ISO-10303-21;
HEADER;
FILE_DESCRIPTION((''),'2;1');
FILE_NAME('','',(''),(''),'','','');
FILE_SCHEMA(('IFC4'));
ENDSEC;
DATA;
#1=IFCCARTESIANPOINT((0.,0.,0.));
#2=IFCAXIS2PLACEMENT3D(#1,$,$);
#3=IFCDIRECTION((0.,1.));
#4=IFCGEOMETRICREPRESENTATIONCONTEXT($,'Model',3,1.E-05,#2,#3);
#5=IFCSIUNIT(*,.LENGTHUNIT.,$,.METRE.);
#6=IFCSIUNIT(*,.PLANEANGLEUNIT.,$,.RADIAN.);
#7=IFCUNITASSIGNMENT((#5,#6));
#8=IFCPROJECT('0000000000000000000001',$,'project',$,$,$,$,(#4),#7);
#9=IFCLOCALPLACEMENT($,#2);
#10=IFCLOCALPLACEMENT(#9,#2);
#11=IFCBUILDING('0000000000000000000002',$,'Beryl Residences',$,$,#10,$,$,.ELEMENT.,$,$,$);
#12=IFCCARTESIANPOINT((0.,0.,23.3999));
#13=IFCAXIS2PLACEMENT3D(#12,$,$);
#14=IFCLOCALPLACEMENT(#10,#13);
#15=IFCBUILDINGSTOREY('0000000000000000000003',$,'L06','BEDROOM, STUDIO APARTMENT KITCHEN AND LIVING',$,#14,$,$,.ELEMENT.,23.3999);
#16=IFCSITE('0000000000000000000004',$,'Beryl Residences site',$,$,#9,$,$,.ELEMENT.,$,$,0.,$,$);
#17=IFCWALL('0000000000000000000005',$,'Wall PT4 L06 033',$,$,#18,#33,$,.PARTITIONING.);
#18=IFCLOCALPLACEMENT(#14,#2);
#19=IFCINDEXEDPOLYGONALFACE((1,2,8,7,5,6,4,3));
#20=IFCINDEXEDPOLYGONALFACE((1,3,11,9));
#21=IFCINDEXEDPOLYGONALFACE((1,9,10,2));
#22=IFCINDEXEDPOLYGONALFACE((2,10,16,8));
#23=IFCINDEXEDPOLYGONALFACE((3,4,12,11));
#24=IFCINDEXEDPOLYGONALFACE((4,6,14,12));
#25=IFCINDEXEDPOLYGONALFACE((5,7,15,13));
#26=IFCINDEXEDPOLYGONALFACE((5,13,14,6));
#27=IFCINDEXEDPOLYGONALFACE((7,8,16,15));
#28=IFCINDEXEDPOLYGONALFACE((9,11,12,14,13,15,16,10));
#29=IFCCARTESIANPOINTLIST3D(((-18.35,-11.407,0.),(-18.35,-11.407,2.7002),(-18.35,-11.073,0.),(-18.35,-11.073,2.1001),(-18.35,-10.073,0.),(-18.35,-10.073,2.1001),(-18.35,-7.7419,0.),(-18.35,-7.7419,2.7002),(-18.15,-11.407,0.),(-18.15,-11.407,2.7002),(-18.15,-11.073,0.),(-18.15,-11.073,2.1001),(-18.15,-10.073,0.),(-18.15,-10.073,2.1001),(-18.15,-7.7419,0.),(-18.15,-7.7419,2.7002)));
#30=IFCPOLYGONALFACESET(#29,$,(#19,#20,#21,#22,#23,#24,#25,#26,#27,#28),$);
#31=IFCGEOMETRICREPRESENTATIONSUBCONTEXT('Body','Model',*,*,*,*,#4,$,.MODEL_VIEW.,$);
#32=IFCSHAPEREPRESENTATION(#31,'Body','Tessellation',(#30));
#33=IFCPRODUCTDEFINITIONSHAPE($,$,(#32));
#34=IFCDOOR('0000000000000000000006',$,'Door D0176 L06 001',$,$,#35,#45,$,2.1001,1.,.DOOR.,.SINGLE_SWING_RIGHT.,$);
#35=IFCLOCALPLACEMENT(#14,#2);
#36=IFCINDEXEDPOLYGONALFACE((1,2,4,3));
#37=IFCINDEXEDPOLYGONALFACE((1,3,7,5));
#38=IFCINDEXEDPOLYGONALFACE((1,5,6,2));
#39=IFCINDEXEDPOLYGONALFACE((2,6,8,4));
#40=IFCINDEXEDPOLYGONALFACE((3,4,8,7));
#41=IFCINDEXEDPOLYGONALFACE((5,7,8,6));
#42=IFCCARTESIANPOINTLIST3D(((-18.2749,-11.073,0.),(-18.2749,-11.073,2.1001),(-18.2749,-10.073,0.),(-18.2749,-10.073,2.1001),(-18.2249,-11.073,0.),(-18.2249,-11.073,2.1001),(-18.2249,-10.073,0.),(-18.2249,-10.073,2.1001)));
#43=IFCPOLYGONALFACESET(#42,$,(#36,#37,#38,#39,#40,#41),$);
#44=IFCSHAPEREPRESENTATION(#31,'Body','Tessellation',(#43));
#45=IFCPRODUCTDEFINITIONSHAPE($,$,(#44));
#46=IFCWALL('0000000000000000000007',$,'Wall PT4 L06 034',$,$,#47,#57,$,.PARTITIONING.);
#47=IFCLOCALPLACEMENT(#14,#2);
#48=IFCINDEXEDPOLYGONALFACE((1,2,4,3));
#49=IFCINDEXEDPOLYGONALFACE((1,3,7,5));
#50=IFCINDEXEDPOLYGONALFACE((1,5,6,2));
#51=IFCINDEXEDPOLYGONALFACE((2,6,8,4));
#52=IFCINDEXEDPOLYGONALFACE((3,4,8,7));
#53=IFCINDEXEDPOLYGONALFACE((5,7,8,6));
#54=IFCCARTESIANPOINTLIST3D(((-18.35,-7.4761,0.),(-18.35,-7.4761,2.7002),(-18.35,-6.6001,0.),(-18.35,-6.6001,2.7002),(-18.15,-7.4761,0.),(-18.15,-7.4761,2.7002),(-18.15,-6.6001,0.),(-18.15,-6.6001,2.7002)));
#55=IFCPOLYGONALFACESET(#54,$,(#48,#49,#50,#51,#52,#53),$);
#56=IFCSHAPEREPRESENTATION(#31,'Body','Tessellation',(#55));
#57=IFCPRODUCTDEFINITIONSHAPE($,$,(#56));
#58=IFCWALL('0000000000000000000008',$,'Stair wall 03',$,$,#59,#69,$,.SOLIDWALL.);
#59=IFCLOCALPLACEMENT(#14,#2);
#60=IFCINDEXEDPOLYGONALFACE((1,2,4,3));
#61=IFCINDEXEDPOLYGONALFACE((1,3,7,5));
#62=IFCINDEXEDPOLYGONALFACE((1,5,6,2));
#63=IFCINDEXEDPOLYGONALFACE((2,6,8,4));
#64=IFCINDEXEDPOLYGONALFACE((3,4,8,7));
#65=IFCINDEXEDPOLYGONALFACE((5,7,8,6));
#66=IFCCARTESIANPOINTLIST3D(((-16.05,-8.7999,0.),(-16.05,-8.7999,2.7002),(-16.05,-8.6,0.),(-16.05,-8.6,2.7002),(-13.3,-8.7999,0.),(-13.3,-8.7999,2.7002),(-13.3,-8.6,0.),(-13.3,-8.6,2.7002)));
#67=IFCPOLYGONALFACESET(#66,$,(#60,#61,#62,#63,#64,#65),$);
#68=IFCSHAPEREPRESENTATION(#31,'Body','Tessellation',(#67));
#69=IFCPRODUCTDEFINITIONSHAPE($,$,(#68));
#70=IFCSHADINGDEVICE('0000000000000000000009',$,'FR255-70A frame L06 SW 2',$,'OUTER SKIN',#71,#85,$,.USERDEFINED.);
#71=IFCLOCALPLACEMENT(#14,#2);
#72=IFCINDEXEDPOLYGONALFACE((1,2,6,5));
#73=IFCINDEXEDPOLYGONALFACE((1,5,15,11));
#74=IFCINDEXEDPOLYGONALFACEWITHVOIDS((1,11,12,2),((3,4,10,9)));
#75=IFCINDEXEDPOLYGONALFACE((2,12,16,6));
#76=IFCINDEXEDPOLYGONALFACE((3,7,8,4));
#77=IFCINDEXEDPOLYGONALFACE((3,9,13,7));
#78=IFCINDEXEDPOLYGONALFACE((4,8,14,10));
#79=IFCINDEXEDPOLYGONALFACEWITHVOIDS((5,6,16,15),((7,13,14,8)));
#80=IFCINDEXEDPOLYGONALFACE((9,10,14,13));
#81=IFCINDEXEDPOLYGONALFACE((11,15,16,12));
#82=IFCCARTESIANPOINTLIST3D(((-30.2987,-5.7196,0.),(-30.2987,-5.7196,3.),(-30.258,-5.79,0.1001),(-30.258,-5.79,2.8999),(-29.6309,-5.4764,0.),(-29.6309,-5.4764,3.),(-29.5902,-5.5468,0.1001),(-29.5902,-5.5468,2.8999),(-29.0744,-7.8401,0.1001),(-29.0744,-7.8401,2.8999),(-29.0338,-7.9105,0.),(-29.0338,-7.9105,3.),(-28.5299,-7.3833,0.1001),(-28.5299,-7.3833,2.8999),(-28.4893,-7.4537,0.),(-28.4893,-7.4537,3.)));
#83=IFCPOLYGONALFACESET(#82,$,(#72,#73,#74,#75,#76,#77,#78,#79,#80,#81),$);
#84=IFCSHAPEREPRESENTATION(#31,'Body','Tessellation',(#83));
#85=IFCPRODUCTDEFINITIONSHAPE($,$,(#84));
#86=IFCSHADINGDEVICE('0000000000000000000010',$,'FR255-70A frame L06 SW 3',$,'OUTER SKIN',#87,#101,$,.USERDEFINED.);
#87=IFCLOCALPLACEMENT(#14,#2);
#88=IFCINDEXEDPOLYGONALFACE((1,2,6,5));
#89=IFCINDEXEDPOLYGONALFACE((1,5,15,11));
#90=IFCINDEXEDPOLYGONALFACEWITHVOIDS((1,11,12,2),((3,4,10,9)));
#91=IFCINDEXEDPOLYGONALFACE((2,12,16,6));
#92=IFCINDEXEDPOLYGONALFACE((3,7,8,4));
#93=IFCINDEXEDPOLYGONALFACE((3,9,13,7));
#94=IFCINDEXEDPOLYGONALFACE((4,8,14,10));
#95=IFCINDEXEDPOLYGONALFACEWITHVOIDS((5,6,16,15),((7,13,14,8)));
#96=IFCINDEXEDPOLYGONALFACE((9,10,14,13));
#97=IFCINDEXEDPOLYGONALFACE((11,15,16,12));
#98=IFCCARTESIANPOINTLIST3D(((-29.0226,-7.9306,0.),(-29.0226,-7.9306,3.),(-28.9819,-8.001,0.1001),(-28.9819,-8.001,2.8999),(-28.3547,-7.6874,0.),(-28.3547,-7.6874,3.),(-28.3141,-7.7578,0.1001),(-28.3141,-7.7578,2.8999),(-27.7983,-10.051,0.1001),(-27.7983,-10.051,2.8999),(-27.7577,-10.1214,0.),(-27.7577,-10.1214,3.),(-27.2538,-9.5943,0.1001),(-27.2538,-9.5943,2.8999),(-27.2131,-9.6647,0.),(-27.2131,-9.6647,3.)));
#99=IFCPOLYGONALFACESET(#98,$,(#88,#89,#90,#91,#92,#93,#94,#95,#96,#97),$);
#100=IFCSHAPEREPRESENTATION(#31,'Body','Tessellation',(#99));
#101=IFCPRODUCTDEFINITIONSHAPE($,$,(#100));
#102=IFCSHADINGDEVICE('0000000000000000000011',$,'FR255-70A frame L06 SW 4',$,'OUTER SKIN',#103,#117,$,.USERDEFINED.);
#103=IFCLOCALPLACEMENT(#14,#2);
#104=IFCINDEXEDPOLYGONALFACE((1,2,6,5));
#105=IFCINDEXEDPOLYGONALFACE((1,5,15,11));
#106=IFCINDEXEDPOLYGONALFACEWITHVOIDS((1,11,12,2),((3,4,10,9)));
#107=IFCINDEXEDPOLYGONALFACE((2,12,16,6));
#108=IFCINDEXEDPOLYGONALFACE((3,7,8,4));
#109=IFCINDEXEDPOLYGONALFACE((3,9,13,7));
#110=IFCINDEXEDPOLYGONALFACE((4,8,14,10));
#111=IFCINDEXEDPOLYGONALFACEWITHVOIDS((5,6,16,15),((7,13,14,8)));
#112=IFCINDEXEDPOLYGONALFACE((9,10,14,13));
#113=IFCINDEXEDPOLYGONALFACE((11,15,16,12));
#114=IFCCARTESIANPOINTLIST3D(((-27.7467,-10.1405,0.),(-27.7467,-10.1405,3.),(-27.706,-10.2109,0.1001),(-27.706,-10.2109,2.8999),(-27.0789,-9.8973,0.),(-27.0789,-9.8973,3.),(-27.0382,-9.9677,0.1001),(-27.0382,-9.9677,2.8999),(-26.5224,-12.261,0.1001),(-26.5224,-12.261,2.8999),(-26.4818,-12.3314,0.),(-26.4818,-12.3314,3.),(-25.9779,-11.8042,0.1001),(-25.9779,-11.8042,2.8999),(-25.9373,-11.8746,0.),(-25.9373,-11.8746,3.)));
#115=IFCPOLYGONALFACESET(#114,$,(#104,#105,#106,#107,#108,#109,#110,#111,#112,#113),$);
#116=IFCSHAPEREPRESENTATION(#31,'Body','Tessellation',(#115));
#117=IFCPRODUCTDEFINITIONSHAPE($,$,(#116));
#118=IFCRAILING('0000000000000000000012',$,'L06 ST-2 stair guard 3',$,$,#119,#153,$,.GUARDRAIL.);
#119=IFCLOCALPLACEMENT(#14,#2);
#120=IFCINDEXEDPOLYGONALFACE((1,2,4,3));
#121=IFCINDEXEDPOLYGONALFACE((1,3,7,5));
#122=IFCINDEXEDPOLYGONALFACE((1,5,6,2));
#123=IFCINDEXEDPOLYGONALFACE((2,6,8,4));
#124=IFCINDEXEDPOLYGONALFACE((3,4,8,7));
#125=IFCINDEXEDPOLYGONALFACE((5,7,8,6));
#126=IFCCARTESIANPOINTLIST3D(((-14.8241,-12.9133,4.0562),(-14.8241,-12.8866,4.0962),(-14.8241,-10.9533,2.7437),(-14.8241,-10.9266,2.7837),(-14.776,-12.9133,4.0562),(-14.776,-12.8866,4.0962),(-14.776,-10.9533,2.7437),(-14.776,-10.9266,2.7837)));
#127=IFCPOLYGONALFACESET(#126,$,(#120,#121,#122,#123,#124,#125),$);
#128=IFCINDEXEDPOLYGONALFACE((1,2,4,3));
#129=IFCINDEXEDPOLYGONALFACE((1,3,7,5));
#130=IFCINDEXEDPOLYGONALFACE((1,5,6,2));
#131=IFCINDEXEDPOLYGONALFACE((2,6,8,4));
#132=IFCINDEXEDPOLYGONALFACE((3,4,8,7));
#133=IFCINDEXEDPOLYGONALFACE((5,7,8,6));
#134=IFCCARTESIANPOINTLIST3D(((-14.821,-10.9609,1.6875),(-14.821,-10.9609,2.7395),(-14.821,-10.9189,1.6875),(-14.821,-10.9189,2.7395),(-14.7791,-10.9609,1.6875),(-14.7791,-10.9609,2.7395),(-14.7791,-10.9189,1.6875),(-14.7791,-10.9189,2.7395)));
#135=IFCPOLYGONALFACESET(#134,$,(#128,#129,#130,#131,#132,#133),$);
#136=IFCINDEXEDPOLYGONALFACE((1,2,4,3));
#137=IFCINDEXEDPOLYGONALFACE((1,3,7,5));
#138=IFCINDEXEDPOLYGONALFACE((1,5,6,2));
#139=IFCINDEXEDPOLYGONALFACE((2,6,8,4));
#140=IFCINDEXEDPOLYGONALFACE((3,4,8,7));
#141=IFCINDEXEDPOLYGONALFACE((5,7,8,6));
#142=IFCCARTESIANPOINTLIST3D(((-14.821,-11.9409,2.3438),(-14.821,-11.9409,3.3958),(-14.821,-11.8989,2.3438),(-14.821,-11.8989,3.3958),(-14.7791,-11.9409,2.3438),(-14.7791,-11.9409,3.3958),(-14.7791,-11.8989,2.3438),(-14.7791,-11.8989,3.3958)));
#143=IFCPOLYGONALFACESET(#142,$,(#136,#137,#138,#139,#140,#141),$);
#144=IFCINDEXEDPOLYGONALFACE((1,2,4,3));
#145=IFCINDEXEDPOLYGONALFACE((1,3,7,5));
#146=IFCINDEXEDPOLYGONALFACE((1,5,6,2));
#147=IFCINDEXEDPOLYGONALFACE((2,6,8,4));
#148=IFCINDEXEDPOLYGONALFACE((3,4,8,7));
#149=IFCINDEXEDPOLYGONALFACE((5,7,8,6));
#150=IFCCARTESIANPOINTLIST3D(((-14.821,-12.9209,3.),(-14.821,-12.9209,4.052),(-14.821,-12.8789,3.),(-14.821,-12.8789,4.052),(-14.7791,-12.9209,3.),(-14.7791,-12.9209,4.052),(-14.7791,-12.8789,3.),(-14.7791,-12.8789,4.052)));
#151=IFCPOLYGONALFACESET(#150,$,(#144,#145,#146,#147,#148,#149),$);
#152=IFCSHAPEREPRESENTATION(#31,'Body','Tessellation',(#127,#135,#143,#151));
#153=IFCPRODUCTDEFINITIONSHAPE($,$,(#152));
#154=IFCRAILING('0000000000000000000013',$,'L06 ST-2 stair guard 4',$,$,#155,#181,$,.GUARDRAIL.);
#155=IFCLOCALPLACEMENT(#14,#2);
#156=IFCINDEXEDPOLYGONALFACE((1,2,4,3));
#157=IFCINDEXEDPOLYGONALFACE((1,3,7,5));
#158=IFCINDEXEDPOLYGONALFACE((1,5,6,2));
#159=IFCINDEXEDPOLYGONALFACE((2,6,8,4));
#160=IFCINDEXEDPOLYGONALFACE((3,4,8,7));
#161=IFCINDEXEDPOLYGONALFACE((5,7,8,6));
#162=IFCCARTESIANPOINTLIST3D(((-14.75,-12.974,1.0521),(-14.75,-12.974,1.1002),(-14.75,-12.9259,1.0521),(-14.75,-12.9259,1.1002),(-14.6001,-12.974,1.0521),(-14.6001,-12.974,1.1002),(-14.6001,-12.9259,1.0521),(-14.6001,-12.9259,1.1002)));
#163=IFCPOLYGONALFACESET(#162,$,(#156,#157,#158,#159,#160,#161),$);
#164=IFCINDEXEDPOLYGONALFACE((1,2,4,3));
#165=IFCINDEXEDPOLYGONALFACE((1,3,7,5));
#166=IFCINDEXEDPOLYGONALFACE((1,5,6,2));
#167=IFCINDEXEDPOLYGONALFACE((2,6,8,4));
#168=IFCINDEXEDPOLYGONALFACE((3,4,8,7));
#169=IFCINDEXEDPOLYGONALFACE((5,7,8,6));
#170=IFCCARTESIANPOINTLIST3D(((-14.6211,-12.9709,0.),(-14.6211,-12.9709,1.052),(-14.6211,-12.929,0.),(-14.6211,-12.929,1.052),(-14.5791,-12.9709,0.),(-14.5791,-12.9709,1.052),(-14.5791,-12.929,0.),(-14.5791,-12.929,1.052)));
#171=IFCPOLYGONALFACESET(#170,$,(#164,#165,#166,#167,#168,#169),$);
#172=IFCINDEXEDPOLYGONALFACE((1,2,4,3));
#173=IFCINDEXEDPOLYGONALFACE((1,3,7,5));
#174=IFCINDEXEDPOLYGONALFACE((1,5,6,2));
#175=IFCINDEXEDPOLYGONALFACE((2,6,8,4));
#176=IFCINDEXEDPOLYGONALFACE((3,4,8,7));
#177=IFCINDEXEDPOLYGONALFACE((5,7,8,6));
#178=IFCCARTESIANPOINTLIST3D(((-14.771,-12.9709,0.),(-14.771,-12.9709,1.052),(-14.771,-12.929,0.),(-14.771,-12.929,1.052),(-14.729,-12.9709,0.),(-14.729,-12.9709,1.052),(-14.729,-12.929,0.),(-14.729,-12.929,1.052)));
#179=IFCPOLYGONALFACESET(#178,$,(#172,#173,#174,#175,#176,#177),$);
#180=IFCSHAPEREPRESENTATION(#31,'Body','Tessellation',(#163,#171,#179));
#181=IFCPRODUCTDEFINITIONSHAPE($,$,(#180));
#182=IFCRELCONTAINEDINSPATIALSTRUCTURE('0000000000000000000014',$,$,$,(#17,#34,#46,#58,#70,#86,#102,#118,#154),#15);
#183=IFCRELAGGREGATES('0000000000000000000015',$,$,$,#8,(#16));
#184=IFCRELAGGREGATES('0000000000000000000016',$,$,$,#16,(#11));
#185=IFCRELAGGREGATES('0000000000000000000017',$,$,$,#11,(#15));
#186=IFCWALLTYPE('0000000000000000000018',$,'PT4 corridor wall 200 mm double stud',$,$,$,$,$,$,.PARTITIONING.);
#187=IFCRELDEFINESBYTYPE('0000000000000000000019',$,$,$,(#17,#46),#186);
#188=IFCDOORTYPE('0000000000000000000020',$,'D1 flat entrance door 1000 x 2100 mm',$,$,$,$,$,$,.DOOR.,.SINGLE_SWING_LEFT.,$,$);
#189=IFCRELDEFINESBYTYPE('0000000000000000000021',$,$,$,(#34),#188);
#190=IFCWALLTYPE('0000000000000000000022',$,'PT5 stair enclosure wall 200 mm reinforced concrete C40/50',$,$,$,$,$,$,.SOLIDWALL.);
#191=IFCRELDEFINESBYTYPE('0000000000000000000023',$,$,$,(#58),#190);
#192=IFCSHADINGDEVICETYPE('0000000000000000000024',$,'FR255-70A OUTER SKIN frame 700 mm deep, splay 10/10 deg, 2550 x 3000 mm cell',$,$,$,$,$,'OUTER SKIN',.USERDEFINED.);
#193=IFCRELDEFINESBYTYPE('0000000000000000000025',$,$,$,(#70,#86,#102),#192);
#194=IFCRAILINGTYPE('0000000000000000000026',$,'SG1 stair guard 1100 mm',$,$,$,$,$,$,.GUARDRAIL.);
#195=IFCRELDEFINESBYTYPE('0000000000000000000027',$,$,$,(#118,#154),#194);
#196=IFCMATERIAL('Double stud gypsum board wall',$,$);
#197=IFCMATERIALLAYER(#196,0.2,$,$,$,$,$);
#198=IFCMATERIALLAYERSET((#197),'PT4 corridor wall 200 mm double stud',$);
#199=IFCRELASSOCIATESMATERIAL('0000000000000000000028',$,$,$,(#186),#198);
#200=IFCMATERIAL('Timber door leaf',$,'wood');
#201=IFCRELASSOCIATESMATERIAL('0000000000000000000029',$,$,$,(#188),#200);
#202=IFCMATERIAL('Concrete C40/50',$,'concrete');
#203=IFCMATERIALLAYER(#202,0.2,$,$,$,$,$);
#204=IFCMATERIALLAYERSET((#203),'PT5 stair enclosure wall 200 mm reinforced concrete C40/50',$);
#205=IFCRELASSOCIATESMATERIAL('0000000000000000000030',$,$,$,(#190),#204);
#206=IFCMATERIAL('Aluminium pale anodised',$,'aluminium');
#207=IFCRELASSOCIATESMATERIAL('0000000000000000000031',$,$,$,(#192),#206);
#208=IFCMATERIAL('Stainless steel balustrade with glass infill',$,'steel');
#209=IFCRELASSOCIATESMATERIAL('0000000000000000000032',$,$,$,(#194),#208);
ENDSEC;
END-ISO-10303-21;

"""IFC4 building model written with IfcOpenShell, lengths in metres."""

from ifc_helpers import new_model, entity, si_unit, direction, frame, frame_2d, origin, origin_2d, place, context, subcontext, project, spatial, rectangle, extrude, source, transform, mapped, material, layer, layer_set, type_object, type_shapes, element, fill, save


model = new_model("IFC4")

# Units and contexts
model_context = context("Model", 3, precision=1e-05, world=origin(), true_north=direction((0.0, 1.0)))
body_context = subcontext(model_context, "Body", "Model", "MODEL_VIEW")
ifc_project = project(units=[si_unit("LENGTHUNIT", "METRE"), si_unit("PLANEANGLEUNIT", "RADIAN")], contexts=[model_context])

# Site, building, storey
site_placement = place(None, origin())
site = spatial("IfcSite", under=ifc_project, at=site_placement, Name="Beryl Residences site", CompositionType="ELEMENT", RefElevation=0.0)
building_placement = place(site_placement, origin())
building = spatial("IfcBuilding", under=site, at=building_placement, Name="Beryl Residences", CompositionType="ELEMENT")
storey_placement = place(building_placement, frame((0.0, 0.0, 23.3999)))
storey = spatial("IfcBuildingStorey", under=building, at=storey_placement, Name="L06", Description="BEDROOM, STUDIO APARTMENT KITCHEN AND LIVING", CompositionType="ELEMENT", Elevation=23.3999)

# Shared definitions
ifc_material_1 = material(Name="Double stud gypsum board wall")
ifc_layer_1 = layer(ifc_material_1, 0.2)
ifc_layer_set_1 = layer_set([ifc_layer_1], Name="PT4 corridor wall 200 mm double stud")
wall_type_1 = type_object("IfcWallType", Name="PT4 corridor wall 200 mm double stud", PredefinedType="PARTITIONING", material=ifc_layer_set_1)

# Wall, opening, door
wall_1_placement = place(storey_placement, frame((-18.25, -11.407, 0.0), z_axis=(0.0, 0.0, 1.0), x_axis=(0.0, 1.0, 0.0)))
wall_1 = element("IfcWall", 1, at=wall_1_placement, inside=storey, type_object=wall_type_1, Name="Wall PT4 L06 033", PredefinedType="PARTITIONING", context=body_context, shape_type="SweptSolid", body=[
    extrude(rectangle(XDim=3.665, YDim=0.2, at=frame_2d((1.8325, 0.0))), origin(), (0.0, 0.0, 1.0), 2.7002),
])
opening_1_placement = place(wall_1_placement, frame((0.334, 0.0, 0.0)))
opening_1 = element("IfcOpeningElement", 2, at=opening_1_placement, cuts=wall_1, PredefinedType="OPENING", context=body_context, shape_type="SweptSolid", body=[
    extrude(rectangle(XDim=1.0, YDim=2.1001, at=frame_2d((0.5, 1.05))), frame((0.0, 0.1099, 0.0), z_axis=(0.0, -1.0, 0.0), x_axis=(1.0, 0.0, 0.0)), (0.0, 0.0, 1.0), 0.22),
])
ifc_material_2 = material(Name="Timber door leaf", Category="wood")
door_type_1 = type_object("IfcDoorType", Name="D1 flat entrance door 1000 x 2100 mm", OperationType="SINGLE_SWING_LEFT", PredefinedType="DOOR", material=ifc_material_2)
door_1_placement = place(opening_1_placement, origin())
door_1 = element("IfcDoor", 3, at=door_1_placement, inside=storey, type_object=door_type_1, Name="Door D0176 L06 001", OperationType="SINGLE_SWING_RIGHT", OverallHeight=2.1001, OverallWidth=1.0, PredefinedType="DOOR", context=body_context, shape_type="SweptSolid", body=[
    extrude(rectangle(XDim=1.0, YDim=2.1001, at=frame_2d((0.5, 1.05))), frame((0.0, 0.0249, 0.0), z_axis=(0.0, -1.0, 0.0), x_axis=(1.0, 0.0, 0.0)), (0.0, 0.0, 1.0), 0.05),
])
fill(opening_1, door_1)

# Walls
wall_2_placement = place(storey_placement, frame((-18.25, -7.4761, 0.0), z_axis=(0.0, 0.0, 1.0), x_axis=(0.0, 1.0, 0.0)))
element("IfcWall", 4, at=wall_2_placement, inside=storey, type_object=wall_type_1, Name="Wall PT4 L06 034", PredefinedType="PARTITIONING", context=body_context, shape_type="SweptSolid", body=[
    extrude(rectangle(XDim=0.876, YDim=0.2, at=frame_2d((0.438, 0.0))), origin(), (0.0, 0.0, 1.0), 2.7002),
])
ifc_material_3 = material(Name="Concrete C40/50", Category="concrete")
ifc_layer_2 = layer(ifc_material_3, 0.2)
ifc_layer_set_2 = layer_set([ifc_layer_2], Name="PT5 stair enclosure wall 200 mm reinforced concrete C40/50")
wall_type_2 = type_object("IfcWallType", Name="PT5 stair enclosure wall 200 mm reinforced concrete C40/50", PredefinedType="SOLIDWALL", material=ifc_layer_set_2)
wall_3_placement = place(storey_placement, frame((-16.05, -8.7, 0.0), z_axis=(0.0, 0.0, 1.0), x_axis=(1.0, 0.0, 0.0)))
element("IfcWall", 5, at=wall_3_placement, inside=storey, type_object=wall_type_2, Name="Stair wall 03", PredefinedType="SOLIDWALL", context=body_context, shape_type="SweptSolid", body=[
    extrude(rectangle(XDim=2.75, YDim=0.2, at=frame_2d((1.375, 0.0))), origin(), (0.0, 0.0, 1.0), 2.7002),
])

# Shading devices
ifc_material_4 = material(Name="Aluminium pale anodised", Category="aluminium")
shading_device_type = type_object("IfcShadingDeviceType", Name="FR255-70A OUTER SKIN frame 700 mm deep, splay 10/10 deg, 2550 x 3000 mm cell", ElementType="OUTER SKIN", PredefinedType="USERDEFINED", material=ifc_material_4)
cartesian_point_1 = entity("IfcCartesianPoint", [-1.1416, 0.0])
cartesian_point_2 = entity("IfcCartesianPoint", [-1.0603, 0.1001])
cartesian_point_3 = entity("IfcCartesianPoint", [-1.2649, 0.0])
cartesian_point_4 = entity("IfcCartesianPoint", [-1.1836, 0.1001])
shared_shape_1 = source(origin(), body_context, "Body", "SweptSolid", [
    entity("IfcExtrudedAreaSolidTapered", entity("IfcArbitraryProfileDefWithVoids", "AREA", None, entity("IfcPolyline", [cartesian_point_1, entity("IfcCartesianPoint", [1.1416, 0.0]), entity("IfcCartesianPoint", [1.1416, 3.0]), entity("IfcCartesianPoint", [-1.1416, 3.0]), cartesian_point_1]), [entity("IfcPolyline", [cartesian_point_2, entity("IfcCartesianPoint", [1.0603, 0.1001]), entity("IfcCartesianPoint", [1.0603, 2.8999]), entity("IfcCartesianPoint", [-1.0603, 2.8999]), cartesian_point_2])]), entity("IfcAxis2Placement3D", entity("IfcCartesianPoint", [0.0, 0.0, 0.0]), entity("IfcDirection", [0.0, 1.0, 0.0]), entity("IfcDirection", [-1.0, 0.0, 0.0])), entity("IfcDirection", [0.0, 0.0, 1.0]), 0.7, entity("IfcArbitraryProfileDefWithVoids", "AREA", None, entity("IfcPolyline", [cartesian_point_3, entity("IfcCartesianPoint", [1.2649, 0.0]), entity("IfcCartesianPoint", [1.2649, 3.0]), entity("IfcCartesianPoint", [-1.2649, 3.0]), cartesian_point_3]), [entity("IfcPolyline", [cartesian_point_4, entity("IfcCartesianPoint", [1.1836, 0.1001]), entity("IfcCartesianPoint", [1.1836, 2.8999]), entity("IfcCartesianPoint", [-1.1836, 2.8999]), cartesian_point_4])])),
])
type_shapes(shading_device_type, [shared_shape_1])
for number, where, z_axis, x_axis, name in (
    (6, (-29.0601, -6.4651, 0.0), (0.0, 0.0, 1.0), (-0.5, 0.866025, 0.0), "FR255-70A frame L06 SW 2"),
    (7, (-27.7839, -8.676, 0.0), (0.0, 0.0, 1.0), (-0.5, 0.866025, 0.0), "FR255-70A frame L06 SW 3"),
    (8, (-26.5081, -10.886, 0.0), (0.0, 0.0, 1.0), (-0.5, 0.866025, 0.0), "FR255-70A frame L06 SW 4"),
):
    element("IfcShadingDevice", number, at=place(storey_placement, frame(where, z_axis=z_axis, x_axis=x_axis)), inside=storey, type_object=shading_device_type, Name=name, ObjectType="OUTER SKIN", PredefinedType="USERDEFINED", context=body_context, shape_type="MappedRepresentation", body=[
        mapped(shared_shape_1, transform((0.0, 0.0, 0.0))),
    ])

# Railings
ifc_material_5 = material(Name="Stainless steel balustrade with glass infill", Category="steel")
railing_type_1 = type_object("IfcRailingType", Name="SG1 stair guard 1100 mm", PredefinedType="GUARDRAIL", material=ifc_material_5)
railing_1_placement = place(storey_placement, frame((-14.8, -10.9399, 1.6875)))
element("IfcRailing", 9, at=railing_1_placement, inside=storey, type_object=railing_type_1, Name="L06 ST-2 stair guard 3", PredefinedType="GUARDRAIL", context=body_context, shape_type="SweptSolid", body=[
    extrude(rectangle(XDim=0.0481, YDim=0.0481, at=origin_2d()), frame((0.0, 0.0, 1.0762), z_axis=(0.0, -0.830902, 0.556419), x_axis=(1.0, 0.0, 0.0)), (0.0, 0.0, 1.0), 2.3589),
    extrude(rectangle(XDim=0.042, YDim=0.042, at=origin_2d()), origin(), (0.0, 0.0, 1.0), 1.052),
    extrude(rectangle(XDim=0.042, YDim=0.042, at=origin_2d()), frame((0.0, -0.98, 0.6562)), (0.0, 0.0, 1.0), 1.052),
    extrude(rectangle(XDim=0.042, YDim=0.042, at=origin_2d()), frame((0.0, -1.96, 1.3125)), (0.0, 0.0, 1.0), 1.052),
])
railing_2_placement = place(storey_placement, frame((-14.6001, -12.95, 0.0)))
element("IfcRailing", 10, at=railing_2_placement, inside=storey, type_object=railing_type_1, Name="L06 ST-2 stair guard 4", PredefinedType="GUARDRAIL", context=body_context, shape_type="SweptSolid", body=[
    extrude(rectangle(XDim=0.0481, YDim=0.0481, at=origin_2d()), frame((0.0, 0.0, 1.0762), z_axis=(-1.0, 0.0, 0.0), x_axis=(0.0, -1.0, 0.0)), (0.0, 0.0, 1.0), 0.1499),
    extrude(rectangle(XDim=0.042, YDim=0.042, at=origin_2d()), origin(), (0.0, 0.0, 1.0), 1.052),
    extrude(rectangle(XDim=0.042, YDim=0.042, at=origin_2d()), frame((-0.1499, 0.0, 0.0)), (0.0, 0.0, 1.0), 1.052),
])

save(model, "model.ifc")
